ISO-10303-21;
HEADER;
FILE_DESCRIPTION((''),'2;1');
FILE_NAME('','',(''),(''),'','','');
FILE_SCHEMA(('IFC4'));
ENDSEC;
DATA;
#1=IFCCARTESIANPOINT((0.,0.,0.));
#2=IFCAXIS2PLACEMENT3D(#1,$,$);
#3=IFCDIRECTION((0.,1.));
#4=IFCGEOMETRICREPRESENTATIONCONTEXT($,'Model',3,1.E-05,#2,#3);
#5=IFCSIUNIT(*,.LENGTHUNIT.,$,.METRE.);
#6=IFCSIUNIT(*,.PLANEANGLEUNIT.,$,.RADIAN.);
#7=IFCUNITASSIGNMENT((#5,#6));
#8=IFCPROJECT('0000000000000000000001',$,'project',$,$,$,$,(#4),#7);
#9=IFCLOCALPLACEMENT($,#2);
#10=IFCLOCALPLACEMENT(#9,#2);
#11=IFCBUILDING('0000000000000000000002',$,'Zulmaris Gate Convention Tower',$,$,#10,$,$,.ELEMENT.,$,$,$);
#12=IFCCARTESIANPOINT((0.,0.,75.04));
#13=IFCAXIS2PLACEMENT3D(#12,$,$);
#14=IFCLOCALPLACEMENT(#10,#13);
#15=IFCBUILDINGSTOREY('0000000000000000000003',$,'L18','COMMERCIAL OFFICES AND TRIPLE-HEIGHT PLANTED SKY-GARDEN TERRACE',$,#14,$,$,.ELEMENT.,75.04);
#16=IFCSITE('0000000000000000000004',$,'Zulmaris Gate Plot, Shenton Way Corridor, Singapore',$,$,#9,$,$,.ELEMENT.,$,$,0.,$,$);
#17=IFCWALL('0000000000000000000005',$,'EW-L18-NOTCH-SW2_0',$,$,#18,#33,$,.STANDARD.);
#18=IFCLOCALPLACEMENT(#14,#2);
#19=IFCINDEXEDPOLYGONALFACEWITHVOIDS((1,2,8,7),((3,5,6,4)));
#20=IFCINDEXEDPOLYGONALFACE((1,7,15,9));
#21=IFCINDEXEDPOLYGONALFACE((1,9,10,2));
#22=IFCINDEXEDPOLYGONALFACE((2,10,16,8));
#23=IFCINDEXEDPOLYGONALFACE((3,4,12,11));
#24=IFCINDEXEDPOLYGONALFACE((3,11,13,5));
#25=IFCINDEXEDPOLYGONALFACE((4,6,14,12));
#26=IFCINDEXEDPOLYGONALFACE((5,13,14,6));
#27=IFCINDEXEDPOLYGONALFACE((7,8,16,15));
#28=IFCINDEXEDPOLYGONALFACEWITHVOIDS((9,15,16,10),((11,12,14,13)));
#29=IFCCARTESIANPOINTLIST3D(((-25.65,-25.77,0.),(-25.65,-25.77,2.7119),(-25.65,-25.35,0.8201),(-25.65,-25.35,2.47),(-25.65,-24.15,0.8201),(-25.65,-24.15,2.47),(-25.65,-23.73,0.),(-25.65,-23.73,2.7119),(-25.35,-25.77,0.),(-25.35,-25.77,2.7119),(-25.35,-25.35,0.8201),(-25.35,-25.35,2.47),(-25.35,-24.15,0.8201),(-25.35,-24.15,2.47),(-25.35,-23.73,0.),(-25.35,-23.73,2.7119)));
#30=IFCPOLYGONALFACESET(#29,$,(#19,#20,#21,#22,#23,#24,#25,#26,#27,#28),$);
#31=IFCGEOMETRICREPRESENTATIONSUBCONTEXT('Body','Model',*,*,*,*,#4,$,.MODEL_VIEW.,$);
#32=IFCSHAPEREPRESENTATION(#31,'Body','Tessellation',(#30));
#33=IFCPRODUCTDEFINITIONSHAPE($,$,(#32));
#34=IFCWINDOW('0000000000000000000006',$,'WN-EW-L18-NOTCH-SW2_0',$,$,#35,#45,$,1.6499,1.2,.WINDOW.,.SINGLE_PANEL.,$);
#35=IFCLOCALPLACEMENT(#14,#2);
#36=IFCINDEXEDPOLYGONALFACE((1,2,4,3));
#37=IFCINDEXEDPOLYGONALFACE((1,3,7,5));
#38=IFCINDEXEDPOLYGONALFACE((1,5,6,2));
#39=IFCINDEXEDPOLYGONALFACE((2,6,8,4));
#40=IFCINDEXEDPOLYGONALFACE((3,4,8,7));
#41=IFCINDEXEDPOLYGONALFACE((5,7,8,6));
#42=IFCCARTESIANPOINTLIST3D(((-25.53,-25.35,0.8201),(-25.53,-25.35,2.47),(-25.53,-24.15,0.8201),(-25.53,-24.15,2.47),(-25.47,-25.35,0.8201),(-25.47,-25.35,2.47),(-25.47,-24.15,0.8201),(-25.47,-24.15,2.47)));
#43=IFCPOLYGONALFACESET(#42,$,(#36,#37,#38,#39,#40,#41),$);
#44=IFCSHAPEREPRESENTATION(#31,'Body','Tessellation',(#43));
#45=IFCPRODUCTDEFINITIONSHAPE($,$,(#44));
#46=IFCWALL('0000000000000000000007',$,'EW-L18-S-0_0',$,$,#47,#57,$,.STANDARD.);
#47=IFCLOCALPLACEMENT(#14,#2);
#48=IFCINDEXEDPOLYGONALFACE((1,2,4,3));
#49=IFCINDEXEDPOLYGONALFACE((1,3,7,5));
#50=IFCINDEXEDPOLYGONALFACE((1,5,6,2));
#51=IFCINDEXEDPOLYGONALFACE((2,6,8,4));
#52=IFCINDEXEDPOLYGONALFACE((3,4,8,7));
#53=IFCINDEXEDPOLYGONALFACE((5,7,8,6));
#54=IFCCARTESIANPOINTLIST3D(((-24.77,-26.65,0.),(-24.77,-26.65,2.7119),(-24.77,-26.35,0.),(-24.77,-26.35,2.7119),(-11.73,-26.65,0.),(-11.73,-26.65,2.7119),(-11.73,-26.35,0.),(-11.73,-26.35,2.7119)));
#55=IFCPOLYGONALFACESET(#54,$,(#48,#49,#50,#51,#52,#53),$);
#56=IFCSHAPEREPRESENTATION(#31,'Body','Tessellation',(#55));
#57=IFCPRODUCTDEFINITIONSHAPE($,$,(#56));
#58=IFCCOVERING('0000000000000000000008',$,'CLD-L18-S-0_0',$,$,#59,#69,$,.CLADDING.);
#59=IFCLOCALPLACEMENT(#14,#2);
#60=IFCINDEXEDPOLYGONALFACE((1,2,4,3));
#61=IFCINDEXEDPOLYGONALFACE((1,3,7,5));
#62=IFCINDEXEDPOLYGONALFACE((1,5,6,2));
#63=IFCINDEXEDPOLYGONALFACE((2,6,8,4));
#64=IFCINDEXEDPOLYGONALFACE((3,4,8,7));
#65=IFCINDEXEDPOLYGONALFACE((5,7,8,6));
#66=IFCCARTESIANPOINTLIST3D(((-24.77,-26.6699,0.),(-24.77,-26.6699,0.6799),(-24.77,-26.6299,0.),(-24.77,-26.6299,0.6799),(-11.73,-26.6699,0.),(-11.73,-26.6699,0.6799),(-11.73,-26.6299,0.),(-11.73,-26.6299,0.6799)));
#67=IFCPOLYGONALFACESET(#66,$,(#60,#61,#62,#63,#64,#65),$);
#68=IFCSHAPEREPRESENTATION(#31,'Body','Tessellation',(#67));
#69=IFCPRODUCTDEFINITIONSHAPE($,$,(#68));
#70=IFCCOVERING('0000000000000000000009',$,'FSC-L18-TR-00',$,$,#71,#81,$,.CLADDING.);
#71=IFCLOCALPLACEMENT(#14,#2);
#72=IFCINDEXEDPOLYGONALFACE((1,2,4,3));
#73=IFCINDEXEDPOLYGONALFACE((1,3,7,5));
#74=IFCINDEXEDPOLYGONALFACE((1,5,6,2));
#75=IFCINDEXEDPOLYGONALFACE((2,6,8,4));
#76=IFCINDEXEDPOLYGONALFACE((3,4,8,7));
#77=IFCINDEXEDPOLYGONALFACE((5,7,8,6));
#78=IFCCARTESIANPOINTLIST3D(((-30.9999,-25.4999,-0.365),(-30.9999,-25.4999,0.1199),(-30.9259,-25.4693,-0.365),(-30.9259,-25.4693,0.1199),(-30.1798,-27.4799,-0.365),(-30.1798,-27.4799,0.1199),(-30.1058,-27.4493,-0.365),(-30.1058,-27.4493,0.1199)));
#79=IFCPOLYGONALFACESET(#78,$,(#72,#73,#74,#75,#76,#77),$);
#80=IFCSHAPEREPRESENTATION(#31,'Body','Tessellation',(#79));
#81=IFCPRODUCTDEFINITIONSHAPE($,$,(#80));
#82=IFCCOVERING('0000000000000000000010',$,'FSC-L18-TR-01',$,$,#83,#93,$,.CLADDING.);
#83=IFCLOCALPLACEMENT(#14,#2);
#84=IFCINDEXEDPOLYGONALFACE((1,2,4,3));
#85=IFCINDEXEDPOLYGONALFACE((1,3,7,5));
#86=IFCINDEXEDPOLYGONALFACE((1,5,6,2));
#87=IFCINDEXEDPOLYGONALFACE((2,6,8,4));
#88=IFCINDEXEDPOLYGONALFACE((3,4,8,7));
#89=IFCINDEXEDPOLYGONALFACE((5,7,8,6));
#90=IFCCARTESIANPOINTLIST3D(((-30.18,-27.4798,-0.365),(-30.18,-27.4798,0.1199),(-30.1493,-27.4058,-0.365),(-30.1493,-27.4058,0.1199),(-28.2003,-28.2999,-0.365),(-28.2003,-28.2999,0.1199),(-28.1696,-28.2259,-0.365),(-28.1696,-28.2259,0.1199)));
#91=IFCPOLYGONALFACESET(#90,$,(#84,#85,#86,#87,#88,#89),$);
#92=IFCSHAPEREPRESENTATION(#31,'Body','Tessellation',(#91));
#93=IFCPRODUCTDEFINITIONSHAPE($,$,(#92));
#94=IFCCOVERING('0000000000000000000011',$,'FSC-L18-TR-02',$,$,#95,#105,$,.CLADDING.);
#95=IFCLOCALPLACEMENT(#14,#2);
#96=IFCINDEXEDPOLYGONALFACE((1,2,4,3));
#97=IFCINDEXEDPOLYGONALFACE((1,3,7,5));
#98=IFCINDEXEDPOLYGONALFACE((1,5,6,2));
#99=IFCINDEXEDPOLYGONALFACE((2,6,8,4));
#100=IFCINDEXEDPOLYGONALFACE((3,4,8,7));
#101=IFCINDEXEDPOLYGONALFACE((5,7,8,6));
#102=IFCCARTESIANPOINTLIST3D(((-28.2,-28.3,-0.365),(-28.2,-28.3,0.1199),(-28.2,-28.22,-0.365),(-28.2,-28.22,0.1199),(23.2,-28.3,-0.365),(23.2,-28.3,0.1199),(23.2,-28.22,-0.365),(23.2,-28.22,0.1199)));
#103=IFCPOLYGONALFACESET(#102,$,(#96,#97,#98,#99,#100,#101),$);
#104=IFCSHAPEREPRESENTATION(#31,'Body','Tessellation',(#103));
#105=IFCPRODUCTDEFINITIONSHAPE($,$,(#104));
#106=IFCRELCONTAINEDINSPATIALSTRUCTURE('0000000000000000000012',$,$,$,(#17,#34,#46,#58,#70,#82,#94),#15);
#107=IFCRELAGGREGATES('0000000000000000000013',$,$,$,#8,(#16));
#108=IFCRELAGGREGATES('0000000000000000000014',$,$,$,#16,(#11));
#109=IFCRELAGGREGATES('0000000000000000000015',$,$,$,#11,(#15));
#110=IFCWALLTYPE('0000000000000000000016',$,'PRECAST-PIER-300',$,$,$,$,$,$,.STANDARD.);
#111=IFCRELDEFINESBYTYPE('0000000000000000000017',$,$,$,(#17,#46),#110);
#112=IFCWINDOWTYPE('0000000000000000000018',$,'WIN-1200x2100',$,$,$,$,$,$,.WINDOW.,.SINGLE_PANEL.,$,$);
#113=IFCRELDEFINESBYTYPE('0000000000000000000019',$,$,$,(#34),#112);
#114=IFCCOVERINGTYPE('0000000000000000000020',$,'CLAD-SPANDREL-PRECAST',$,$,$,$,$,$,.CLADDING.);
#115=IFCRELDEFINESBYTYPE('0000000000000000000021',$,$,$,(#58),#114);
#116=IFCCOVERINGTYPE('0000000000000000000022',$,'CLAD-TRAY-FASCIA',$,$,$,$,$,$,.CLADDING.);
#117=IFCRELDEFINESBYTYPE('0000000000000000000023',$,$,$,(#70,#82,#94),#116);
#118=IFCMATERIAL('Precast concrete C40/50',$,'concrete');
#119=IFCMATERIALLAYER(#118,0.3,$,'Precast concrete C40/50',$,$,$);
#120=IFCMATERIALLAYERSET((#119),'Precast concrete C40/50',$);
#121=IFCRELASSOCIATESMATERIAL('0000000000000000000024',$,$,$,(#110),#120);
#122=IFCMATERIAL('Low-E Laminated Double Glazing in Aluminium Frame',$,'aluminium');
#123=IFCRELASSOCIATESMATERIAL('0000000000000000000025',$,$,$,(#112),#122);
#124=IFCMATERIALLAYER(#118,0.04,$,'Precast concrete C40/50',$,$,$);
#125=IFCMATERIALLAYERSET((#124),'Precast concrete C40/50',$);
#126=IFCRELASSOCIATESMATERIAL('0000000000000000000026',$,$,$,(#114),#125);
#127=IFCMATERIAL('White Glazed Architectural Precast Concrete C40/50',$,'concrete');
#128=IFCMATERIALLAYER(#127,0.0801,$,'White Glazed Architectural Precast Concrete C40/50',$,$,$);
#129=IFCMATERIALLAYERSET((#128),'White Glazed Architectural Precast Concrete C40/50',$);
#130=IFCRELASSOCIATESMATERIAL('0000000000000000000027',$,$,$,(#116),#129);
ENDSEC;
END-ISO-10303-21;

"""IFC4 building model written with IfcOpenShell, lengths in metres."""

from ifc_helpers import new_model, si_unit, direction, frame, frame_2d, origin, place, context, subcontext, project, spatial, rectangle, extrude, material, layer, layer_set, type_object, element, fill, save


model = new_model("IFC4")

# Units and contexts
model_context = context("Model", 3, precision=1e-05, world=origin(), true_north=direction((0.0, 1.0)))
body_context = subcontext(model_context, "Body", "Model", "MODEL_VIEW")
ifc_project = project(units=[si_unit("LENGTHUNIT", "METRE"), si_unit("PLANEANGLEUNIT", "RADIAN")], contexts=[model_context])

# Site, building, storey
site_placement = place(None, origin())
site = spatial("IfcSite", under=ifc_project, at=site_placement, Name="Zulmaris Gate Plot, Shenton Way Corridor, Singapore", CompositionType="ELEMENT", RefElevation=0.0)
building_placement = place(site_placement, origin())
building = spatial("IfcBuilding", under=site, at=building_placement, Name="Zulmaris Gate Convention Tower", CompositionType="ELEMENT")
storey_placement = place(building_placement, frame((0.0, 0.0, 75.04)))
storey = spatial("IfcBuildingStorey", under=building, at=storey_placement, Name="L18", Description="COMMERCIAL OFFICES AND TRIPLE-HEIGHT PLANTED SKY-GARDEN TERRACE", CompositionType="ELEMENT", Elevation=75.04)

# Wall, opening, window
ifc_material_1 = material(Name="Precast concrete C40/50", Category="concrete")
ifc_layer_1 = layer(ifc_material_1, 0.3, Name="Precast concrete C40/50")
ifc_layer_set_1 = layer_set([ifc_layer_1], Name="Precast concrete C40/50")
wall_type = type_object("IfcWallType", Name="PRECAST-PIER-300", PredefinedType="STANDARD", material=ifc_layer_set_1)
wall_1_placement = place(storey_placement, frame((-25.5, -23.73, 0.0), z_axis=(0.0, 0.0, 1.0), x_axis=(0.0, -1.0, 0.0)))
wall_1 = element("IfcWall", 1, at=wall_1_placement, inside=storey, type_object=wall_type, Name="EW-L18-NOTCH-SW2_0", PredefinedType="STANDARD", context=body_context, shape_type="SweptSolid", body=[
    extrude(rectangle(XDim=2.04, YDim=0.3, at=frame_2d((1.02, 0.0))), origin(), (0.0, 0.0, 1.0), 2.7119),
])
opening_placement = place(wall_1_placement, frame((0.4199, 0.0, 0.8201)))
opening = element("IfcOpeningElement", 2, at=opening_placement, cuts=wall_1, PredefinedType="OPENING", context=body_context, shape_type="SweptSolid", body=[
    extrude(rectangle(XDim=1.2, YDim=1.6499, at=frame_2d((0.6001, 0.825))), frame((0.0, 0.1602, 0.0), z_axis=(0.0, -1.0, 0.0), x_axis=(1.0, 0.0, 0.0)), (0.0, 0.0, 1.0), 0.3201),
])
ifc_material_2 = material(Name="Low-E Laminated Double Glazing in Aluminium Frame", Category="aluminium")
window_type = type_object("IfcWindowType", Name="WIN-1200x2100", PartitioningType="SINGLE_PANEL", PredefinedType="WINDOW", material=ifc_material_2)
window_placement = place(opening_placement, origin())
window = element("IfcWindow", 3, at=window_placement, inside=storey, type_object=window_type, Name="WN-EW-L18-NOTCH-SW2_0", OverallHeight=1.6499, OverallWidth=1.2, PartitioningType="SINGLE_PANEL", PredefinedType="WINDOW", context=body_context, shape_type="SweptSolid", body=[
    extrude(rectangle(XDim=1.2, YDim=1.6499, at=frame_2d((0.6001, 0.825))), frame((0.0, 0.03, 0.0), z_axis=(0.0, -1.0, 0.0), x_axis=(1.0, 0.0, 0.0)), (0.0, 0.0, 1.0), 0.0601),
])
fill(opening, window)

# Wall
wall_2_placement = place(storey_placement, frame((-24.77, -26.5, 0.0), z_axis=(0.0, 0.0, 1.0), x_axis=(1.0, 0.0, 0.0)))
element("IfcWall", 4, at=wall_2_placement, inside=storey, type_object=wall_type, Name="EW-L18-S-0_0", PredefinedType="STANDARD", context=body_context, shape_type="SweptSolid", body=[
    extrude(rectangle(XDim=13.04, YDim=0.3, at=frame_2d((6.52, 0.0))), origin(), (0.0, 0.0, 1.0), 2.7119),
])

# Coverings
ifc_layer_2 = layer(ifc_material_1, 0.04, Name="Precast concrete C40/50")
ifc_layer_set_2 = layer_set([ifc_layer_2], Name="Precast concrete C40/50")
covering_type_1 = type_object("IfcCoveringType", Name="CLAD-SPANDREL-PRECAST", PredefinedType="CLADDING", material=ifc_layer_set_2)
covering_1_placement = place(storey_placement, frame((-24.77, -26.6499, 0.0), z_axis=(0.0, 0.0, 1.0), x_axis=(1.0, 0.0, 0.0)))
element("IfcCovering", 5, at=covering_1_placement, inside=storey, type_object=covering_type_1, Name="CLD-L18-S-0_0", PredefinedType="CLADDING", context=body_context, shape_type="SweptSolid", body=[
    extrude(rectangle(XDim=13.04, YDim=0.04, at=frame_2d((6.52, 0.0))), origin(), (0.0, 0.0, 1.0), 0.6799),
])
ifc_material_3 = material(Name="White Glazed Architectural Precast Concrete C40/50", Category="concrete")
ifc_layer_3 = layer(ifc_material_3, 0.0801, Name="White Glazed Architectural Precast Concrete C40/50")
ifc_layer_set_3 = layer_set([ifc_layer_3], Name="White Glazed Architectural Precast Concrete C40/50")
covering_type_2 = type_object("IfcCoveringType", Name="CLAD-TRAY-FASCIA", PredefinedType="CLADDING", material=ifc_layer_set_3)
covering_2_placement = place(storey_placement, frame((-30.9629, -25.4846, -0.365), z_axis=(0.0, 0.0, 1.0), x_axis=(0.382657, -0.92389, 0.0)))
element("IfcCovering", 6, at=covering_2_placement, inside=storey, type_object=covering_type_2, Name="FSC-L18-TR-00", PredefinedType="CLADDING", context=body_context, shape_type="SweptSolid", body=[
    extrude(rectangle(XDim=2.1431, YDim=0.0801, at=frame_2d((1.0715, 0.0))), origin(), (0.0, 0.0, 1.0), 0.4849),
])
covering_3_placement = place(storey_placement, frame((-30.1646, -27.4429, -0.365), z_axis=(0.0, 0.0, 1.0), x_axis=(0.923874, -0.382697, 0.0)))
element("IfcCovering", 7, at=covering_3_placement, inside=storey, type_object=covering_type_2, Name="FSC-L18-TR-01", PredefinedType="CLADDING", context=body_context, shape_type="SweptSolid", body=[
    extrude(rectangle(XDim=2.1428, YDim=0.0801, at=frame_2d((1.0713, 0.0))), origin(), (0.0, 0.0, 1.0), 0.4849),
])
covering_4_placement = place(storey_placement, frame((-28.2, -28.26, -0.365), z_axis=(0.0, 0.0, 1.0), x_axis=(1.0, 0.0, 0.0)))
element("IfcCovering", 8, at=covering_4_placement, inside=storey, type_object=covering_type_2, Name="FSC-L18-TR-02", PredefinedType="CLADDING", context=body_context, shape_type="SweptSolid", body=[
    extrude(rectangle(XDim=51.3999, YDim=0.0801, at=frame_2d((25.7, 0.0))), origin(), (0.0, 0.0, 1.0), 0.4849),
])

save(model, "model.ifc")
